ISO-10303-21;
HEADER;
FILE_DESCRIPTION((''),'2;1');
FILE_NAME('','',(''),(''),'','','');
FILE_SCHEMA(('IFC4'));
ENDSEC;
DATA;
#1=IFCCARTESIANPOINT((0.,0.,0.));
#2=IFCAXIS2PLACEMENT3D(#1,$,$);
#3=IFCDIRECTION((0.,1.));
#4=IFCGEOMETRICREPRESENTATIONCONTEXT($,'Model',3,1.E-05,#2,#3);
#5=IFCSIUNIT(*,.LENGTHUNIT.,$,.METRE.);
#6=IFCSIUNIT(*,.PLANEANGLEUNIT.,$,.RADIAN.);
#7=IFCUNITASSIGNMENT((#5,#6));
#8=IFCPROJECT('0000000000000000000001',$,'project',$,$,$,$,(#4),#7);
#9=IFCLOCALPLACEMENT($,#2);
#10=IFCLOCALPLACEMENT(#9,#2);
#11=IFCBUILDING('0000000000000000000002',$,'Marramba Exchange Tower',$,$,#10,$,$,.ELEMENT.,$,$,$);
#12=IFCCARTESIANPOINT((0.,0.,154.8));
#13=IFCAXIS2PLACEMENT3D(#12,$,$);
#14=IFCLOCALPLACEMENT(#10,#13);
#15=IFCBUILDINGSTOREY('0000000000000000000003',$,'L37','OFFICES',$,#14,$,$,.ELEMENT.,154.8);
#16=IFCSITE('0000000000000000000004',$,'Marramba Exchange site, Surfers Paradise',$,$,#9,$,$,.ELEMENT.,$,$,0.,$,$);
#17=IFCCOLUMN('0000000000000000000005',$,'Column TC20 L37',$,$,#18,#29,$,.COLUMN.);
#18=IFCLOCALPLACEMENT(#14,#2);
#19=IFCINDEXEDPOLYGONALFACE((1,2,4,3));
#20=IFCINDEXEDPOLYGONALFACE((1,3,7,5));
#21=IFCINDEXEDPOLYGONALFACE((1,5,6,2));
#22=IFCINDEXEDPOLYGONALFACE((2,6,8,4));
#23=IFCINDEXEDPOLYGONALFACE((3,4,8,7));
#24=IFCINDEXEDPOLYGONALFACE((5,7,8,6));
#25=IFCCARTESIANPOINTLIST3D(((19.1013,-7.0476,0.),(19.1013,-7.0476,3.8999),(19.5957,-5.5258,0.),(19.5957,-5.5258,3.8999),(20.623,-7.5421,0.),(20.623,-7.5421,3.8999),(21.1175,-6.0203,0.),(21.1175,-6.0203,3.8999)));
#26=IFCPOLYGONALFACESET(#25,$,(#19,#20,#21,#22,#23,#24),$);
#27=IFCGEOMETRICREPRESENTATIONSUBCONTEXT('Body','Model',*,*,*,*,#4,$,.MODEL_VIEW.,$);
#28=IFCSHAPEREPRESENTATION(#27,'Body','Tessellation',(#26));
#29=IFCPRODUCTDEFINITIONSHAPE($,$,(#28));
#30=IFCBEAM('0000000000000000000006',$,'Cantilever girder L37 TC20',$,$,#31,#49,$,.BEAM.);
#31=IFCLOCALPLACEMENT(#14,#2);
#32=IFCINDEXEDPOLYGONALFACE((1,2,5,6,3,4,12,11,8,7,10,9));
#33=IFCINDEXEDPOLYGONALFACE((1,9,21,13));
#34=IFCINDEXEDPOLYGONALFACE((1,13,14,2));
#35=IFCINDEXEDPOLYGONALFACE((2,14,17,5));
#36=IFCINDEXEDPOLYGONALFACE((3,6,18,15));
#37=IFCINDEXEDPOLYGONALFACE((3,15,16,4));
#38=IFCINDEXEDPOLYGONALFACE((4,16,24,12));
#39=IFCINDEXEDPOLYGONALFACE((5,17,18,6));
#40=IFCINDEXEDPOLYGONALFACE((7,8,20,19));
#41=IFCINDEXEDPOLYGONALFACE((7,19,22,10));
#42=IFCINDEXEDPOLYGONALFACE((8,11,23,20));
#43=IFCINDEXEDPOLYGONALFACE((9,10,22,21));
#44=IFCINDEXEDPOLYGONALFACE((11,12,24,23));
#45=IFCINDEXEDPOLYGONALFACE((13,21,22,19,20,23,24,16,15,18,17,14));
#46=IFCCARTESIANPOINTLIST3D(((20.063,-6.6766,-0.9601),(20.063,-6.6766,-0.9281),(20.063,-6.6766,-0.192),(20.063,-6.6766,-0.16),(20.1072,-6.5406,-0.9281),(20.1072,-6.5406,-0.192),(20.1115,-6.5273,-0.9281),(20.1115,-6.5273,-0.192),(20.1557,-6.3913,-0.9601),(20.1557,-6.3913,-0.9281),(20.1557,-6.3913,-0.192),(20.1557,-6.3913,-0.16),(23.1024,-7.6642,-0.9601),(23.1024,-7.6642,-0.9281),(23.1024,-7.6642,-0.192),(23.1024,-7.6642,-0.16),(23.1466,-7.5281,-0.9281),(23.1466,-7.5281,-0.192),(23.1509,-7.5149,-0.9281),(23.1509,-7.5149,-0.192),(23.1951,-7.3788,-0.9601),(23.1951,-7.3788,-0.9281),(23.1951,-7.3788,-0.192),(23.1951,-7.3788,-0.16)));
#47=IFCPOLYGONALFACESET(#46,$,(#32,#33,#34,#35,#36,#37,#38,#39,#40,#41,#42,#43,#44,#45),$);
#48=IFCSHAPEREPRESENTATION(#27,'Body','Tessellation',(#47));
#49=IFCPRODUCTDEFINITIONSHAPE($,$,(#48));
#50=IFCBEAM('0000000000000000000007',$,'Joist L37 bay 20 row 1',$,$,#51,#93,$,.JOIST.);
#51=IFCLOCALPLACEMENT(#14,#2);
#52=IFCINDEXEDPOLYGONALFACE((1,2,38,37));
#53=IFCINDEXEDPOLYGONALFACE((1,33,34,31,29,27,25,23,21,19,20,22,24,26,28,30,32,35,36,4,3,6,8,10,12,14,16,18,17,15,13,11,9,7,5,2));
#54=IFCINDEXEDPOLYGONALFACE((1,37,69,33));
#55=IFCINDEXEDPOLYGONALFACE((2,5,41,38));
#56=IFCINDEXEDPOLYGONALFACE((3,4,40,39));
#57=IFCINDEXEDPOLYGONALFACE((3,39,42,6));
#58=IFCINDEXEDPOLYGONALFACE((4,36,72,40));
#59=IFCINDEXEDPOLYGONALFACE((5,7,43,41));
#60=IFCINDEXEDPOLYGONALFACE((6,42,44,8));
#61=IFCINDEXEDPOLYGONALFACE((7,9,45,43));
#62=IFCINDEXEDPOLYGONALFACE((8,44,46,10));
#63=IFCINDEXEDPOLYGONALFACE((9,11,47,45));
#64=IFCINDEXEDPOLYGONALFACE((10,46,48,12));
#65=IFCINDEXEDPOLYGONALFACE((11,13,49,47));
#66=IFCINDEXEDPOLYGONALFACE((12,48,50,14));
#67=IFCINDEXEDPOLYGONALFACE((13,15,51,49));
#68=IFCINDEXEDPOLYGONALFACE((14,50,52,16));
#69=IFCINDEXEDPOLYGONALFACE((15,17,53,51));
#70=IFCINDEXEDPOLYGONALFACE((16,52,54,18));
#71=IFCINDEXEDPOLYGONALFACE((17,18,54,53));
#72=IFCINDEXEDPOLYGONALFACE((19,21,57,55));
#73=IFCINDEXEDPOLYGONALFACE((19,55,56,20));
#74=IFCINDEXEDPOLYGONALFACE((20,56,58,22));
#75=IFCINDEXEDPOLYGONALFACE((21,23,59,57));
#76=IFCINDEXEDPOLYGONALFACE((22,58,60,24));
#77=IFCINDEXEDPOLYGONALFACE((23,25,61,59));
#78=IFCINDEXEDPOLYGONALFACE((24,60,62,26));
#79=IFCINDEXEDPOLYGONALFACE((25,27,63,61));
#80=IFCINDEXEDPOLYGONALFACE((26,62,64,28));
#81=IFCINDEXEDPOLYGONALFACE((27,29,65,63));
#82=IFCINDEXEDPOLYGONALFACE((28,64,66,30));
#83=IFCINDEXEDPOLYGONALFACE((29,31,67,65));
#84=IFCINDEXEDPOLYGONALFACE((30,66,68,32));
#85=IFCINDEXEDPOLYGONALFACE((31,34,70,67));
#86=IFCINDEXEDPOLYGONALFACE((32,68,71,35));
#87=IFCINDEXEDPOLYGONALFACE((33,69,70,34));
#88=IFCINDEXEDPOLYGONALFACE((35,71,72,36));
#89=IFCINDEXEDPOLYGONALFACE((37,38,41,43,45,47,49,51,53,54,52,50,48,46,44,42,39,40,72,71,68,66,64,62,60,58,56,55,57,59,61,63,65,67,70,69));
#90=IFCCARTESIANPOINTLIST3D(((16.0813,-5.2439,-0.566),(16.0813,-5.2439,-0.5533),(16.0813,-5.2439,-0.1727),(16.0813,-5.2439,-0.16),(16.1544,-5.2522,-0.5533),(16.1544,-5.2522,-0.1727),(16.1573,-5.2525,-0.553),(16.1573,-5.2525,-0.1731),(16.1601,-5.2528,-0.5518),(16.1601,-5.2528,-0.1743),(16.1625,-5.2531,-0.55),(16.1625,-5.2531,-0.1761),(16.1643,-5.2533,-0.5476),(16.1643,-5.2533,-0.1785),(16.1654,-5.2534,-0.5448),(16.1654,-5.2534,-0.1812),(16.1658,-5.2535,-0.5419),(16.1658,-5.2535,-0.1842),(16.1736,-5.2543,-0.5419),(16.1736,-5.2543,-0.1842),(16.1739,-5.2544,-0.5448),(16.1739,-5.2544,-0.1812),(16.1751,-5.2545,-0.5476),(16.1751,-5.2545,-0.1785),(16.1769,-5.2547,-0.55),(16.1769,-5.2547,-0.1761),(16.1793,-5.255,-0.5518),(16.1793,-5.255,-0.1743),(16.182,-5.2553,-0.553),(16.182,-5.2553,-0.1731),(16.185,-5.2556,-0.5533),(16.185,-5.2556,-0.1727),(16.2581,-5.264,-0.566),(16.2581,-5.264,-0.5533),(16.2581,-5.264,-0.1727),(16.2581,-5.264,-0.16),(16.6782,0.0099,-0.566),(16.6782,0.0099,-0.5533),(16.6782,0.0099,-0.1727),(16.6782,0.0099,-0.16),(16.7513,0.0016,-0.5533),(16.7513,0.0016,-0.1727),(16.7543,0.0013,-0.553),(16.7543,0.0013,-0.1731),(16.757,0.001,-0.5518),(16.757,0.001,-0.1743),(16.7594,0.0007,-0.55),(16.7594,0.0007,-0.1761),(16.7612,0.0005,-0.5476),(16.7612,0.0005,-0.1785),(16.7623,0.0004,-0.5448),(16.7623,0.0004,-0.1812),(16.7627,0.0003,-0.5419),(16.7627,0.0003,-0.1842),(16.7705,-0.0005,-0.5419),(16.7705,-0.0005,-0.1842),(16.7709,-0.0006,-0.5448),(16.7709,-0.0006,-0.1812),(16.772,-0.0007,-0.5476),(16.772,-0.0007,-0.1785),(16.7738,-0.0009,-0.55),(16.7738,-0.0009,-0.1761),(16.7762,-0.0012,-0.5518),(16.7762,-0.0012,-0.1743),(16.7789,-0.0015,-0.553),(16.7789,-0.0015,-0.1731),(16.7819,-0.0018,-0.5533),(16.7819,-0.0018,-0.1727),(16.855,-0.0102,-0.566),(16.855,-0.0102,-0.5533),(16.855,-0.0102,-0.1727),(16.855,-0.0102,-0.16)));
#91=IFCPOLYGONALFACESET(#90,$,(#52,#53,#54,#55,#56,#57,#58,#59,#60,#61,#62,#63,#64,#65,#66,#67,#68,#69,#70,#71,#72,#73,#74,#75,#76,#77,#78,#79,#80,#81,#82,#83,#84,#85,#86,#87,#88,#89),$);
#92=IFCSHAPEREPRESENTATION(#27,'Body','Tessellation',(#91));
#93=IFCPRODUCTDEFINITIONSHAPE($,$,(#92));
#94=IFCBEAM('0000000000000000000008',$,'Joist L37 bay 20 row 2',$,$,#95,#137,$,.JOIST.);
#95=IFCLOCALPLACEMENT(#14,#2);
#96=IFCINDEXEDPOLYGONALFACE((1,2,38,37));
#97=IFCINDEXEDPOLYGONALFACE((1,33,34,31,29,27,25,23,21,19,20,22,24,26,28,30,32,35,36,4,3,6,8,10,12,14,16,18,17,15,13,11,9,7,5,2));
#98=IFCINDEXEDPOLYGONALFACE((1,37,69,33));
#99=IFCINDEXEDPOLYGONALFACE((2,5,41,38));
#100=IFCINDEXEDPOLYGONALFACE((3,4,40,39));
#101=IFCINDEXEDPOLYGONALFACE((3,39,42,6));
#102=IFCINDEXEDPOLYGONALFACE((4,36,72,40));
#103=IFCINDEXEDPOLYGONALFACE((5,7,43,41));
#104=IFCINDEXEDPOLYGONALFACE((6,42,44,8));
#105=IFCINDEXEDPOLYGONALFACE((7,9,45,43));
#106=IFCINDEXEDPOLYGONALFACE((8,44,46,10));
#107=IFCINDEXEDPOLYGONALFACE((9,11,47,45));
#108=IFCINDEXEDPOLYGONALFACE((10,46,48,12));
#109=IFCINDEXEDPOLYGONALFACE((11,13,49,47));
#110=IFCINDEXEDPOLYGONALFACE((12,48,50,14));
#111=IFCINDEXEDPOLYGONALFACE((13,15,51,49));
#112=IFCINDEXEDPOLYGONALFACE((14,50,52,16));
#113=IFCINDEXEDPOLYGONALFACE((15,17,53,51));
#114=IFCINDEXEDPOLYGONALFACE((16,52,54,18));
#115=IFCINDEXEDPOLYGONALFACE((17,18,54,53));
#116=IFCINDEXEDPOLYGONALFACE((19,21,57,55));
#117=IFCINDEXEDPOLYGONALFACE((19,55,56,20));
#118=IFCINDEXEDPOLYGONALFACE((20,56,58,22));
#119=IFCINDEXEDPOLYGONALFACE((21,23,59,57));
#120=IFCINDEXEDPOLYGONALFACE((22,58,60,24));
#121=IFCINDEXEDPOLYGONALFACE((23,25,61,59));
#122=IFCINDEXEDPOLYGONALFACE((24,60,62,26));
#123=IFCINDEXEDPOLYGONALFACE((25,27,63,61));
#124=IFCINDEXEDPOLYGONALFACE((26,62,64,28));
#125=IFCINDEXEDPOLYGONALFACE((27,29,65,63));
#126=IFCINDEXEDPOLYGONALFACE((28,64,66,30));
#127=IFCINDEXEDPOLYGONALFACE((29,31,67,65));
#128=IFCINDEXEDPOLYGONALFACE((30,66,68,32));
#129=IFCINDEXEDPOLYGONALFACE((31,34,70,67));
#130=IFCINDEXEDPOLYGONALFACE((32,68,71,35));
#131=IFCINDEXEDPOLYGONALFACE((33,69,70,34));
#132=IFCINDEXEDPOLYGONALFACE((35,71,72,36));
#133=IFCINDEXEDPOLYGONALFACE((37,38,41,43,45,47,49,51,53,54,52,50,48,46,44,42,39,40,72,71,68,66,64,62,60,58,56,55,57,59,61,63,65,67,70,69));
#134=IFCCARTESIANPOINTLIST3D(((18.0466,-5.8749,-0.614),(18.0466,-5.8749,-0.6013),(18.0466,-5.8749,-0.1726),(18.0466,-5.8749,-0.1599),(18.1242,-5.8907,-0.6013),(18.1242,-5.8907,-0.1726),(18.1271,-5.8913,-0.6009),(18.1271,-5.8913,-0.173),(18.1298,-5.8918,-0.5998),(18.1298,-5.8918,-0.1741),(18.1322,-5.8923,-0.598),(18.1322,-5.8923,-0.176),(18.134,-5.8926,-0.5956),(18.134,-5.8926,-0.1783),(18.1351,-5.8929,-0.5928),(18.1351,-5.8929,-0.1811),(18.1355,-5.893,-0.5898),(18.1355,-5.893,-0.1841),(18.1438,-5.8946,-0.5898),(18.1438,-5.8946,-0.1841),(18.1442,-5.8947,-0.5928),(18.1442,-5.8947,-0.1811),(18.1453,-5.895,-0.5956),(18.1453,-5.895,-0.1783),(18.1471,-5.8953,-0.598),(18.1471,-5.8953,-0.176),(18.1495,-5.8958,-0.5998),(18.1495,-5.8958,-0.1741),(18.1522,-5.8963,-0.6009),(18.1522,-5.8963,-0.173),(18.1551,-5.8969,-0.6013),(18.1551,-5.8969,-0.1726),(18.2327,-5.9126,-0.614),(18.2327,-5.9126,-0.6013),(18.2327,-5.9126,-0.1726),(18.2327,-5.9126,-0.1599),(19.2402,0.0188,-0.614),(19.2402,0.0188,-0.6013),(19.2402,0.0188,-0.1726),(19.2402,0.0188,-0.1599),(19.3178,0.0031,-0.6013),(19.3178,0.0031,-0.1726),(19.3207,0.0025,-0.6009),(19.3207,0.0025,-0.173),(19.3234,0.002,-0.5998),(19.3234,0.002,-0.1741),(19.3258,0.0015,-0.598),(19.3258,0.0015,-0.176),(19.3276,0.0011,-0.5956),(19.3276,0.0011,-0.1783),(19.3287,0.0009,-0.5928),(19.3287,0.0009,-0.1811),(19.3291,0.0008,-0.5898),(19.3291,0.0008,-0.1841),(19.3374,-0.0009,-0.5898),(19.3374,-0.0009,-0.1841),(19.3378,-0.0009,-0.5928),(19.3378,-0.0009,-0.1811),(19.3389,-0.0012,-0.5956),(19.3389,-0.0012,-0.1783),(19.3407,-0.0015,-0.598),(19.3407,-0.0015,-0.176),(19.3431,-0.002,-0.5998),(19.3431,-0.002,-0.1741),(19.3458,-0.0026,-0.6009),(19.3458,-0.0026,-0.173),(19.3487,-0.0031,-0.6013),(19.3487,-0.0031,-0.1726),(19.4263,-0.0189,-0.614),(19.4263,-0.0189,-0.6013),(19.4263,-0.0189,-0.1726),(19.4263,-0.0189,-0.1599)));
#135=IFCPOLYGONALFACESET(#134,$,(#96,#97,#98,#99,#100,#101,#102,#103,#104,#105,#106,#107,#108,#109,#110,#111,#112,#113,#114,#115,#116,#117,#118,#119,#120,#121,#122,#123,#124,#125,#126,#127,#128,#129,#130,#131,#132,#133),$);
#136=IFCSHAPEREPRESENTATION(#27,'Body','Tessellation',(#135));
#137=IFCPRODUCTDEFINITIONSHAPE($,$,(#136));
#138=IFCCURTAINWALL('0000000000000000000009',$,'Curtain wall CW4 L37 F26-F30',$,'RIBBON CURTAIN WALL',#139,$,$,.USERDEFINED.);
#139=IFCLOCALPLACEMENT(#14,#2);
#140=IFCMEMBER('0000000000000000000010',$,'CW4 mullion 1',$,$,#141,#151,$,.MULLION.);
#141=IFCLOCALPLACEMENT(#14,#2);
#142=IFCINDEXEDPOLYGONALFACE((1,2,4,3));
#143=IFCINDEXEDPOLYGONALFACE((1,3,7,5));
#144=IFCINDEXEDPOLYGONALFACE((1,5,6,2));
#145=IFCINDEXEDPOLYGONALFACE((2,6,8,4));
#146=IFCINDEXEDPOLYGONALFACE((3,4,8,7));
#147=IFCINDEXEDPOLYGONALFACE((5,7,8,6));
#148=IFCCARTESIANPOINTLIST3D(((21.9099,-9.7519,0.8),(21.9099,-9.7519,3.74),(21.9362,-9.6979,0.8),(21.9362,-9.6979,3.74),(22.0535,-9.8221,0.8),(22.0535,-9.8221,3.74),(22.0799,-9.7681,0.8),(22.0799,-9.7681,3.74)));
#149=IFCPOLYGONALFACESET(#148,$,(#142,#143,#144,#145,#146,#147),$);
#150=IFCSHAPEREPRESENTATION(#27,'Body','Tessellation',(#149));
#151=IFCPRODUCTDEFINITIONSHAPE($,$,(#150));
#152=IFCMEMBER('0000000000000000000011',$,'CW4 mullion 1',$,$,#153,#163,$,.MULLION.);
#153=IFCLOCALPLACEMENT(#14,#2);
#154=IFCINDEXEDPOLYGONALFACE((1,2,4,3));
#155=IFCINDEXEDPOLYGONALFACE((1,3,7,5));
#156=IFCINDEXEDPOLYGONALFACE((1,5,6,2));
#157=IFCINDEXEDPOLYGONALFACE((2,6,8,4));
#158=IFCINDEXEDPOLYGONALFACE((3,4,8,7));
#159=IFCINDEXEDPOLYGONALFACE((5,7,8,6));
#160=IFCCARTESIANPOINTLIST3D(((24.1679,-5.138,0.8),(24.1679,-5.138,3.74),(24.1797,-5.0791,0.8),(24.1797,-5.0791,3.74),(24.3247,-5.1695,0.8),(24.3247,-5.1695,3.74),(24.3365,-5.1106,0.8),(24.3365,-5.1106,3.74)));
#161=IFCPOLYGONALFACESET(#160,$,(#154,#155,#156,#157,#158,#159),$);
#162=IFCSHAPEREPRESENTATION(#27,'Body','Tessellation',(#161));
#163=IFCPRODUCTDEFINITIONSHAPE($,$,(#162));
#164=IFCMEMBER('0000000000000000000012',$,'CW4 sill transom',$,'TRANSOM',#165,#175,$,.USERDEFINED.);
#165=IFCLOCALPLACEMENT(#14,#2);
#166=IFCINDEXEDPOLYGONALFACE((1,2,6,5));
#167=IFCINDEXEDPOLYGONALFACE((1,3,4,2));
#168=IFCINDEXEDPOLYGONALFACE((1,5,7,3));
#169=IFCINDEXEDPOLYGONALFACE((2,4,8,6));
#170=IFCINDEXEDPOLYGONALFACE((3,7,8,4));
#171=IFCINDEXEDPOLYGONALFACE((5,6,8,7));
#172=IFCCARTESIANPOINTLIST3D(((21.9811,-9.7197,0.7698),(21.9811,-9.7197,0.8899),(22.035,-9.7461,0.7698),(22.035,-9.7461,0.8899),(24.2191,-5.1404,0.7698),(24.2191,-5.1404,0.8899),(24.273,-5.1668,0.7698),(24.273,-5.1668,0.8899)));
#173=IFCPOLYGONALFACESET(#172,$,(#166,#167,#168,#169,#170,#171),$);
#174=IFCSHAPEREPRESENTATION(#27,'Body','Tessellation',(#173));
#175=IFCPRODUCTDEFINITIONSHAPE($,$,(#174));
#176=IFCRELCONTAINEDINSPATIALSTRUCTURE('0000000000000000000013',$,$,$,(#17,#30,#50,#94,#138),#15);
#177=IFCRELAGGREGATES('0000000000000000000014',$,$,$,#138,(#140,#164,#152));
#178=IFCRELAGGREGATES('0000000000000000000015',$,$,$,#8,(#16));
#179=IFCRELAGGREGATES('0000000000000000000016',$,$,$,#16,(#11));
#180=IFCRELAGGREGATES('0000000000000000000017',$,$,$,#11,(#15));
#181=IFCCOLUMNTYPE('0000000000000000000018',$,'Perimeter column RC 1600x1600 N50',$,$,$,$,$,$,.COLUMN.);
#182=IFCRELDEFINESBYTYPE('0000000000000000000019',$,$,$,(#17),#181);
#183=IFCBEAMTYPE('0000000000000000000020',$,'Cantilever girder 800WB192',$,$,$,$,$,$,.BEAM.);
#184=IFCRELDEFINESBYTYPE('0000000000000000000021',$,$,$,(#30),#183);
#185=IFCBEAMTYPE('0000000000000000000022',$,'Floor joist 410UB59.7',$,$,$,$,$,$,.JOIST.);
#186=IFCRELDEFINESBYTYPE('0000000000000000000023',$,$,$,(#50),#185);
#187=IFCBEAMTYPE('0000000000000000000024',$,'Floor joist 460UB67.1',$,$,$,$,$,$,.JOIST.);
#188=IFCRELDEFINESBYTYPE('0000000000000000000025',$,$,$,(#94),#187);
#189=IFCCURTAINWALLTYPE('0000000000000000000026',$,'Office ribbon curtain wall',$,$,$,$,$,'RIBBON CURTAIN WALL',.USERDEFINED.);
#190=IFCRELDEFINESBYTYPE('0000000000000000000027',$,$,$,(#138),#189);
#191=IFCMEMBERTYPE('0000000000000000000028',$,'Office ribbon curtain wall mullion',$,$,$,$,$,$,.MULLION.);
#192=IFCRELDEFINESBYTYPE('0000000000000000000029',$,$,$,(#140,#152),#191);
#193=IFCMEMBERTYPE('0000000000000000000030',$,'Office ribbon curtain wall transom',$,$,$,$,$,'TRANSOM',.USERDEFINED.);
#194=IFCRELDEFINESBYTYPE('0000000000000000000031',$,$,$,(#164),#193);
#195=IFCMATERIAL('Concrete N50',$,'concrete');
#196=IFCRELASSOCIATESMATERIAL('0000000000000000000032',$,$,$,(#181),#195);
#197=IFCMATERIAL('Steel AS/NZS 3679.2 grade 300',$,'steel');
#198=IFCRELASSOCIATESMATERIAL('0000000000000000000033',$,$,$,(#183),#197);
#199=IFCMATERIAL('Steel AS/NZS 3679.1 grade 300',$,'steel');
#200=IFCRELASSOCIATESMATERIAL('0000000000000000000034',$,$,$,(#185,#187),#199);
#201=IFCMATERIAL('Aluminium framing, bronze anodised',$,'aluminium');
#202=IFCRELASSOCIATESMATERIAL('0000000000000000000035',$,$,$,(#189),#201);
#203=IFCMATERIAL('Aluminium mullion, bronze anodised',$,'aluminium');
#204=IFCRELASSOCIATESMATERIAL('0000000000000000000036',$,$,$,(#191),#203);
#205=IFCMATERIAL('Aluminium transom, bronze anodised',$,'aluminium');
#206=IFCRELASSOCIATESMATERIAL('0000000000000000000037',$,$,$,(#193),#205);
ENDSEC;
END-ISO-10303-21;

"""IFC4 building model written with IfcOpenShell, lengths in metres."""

from ifc_helpers import new_model, si_unit, direction, frame, origin, origin_2d, place, context, subcontext, project, spatial, rectangle, i_section, extrude, material, material_profile, profile_set, type_object, element, aggregate, save


model = new_model("IFC4")

# Units and contexts
model_context = context("Model", 3, precision=1e-05, world=origin(), true_north=direction((0.0, 1.0)))
body_context = subcontext(model_context, "Body", "Model", "MODEL_VIEW")
ifc_project = project(units=[si_unit("LENGTHUNIT", "METRE"), si_unit("PLANEANGLEUNIT", "RADIAN")], contexts=[model_context])

# Site, building, storey
site_placement = place(None, origin())
site = spatial("IfcSite", under=ifc_project, at=site_placement, Name="Marramba Exchange site, Surfers Paradise", CompositionType="ELEMENT", RefElevation=0.0)
building_placement = place(site_placement, origin())
building = spatial("IfcBuilding", under=site, at=building_placement, Name="Marramba Exchange Tower", CompositionType="ELEMENT")
storey_placement = place(building_placement, frame((0.0, 0.0, 154.8)))
storey = spatial("IfcBuildingStorey", under=building, at=storey_placement, Name="L37", Description="OFFICES", CompositionType="ELEMENT", Elevation=154.8)

# Column
ifc_material_1 = material(Name="Concrete N50", Category="concrete")
ifc_material_profile_1 = material_profile(ifc_material_1, rectangle(XDim=1.6001, YDim=1.6001, at=origin_2d()), Name="RC 1600x1600")
ifc_profile_set_1 = profile_set([ifc_material_profile_1], Name="Concrete N50")
column_type = type_object("IfcColumnType", Name="Perimeter column RC 1600x1600 N50", PredefinedType="COLUMN", material=ifc_profile_set_1)
column_placement = place(storey_placement, frame((20.1094, -6.5339, 0.0), z_axis=(0.0, 0.0, 1.0), x_axis=(0.951057, -0.309017, 0.0)))
element("IfcColumn", 1, at=column_placement, inside=storey, type_object=column_type, Name="Column TC20 L37", PredefinedType="COLUMN", context=body_context, shape_type="SweptSolid", body=[
    extrude(rectangle(XDim=1.6001, YDim=1.6001, at=origin_2d()), origin(), (0.0, 0.0, 1.0), 3.8999),
])

# Beams
ifc_material_2 = material(Name="Steel AS/NZS 3679.2 grade 300", Category="steel")
ifc_material_profile_2 = material_profile(ifc_material_2, i_section(OverallWidth=0.3, OverallDepth=0.8, WebThickness=0.0139, FlangeThickness=0.032, at=origin_2d()), Name="800WB192")
ifc_profile_set_2 = profile_set([ifc_material_profile_2], Name="Steel AS/NZS 3679.2 grade 300")
beam_type_1 = type_object("IfcBeamType", Name="Cantilever girder 800WB192", PredefinedType="BEAM", material=ifc_profile_set_2)
beam_1_placement = place(storey_placement, frame((20.1094, -6.5339, -0.5601), z_axis=(0.951055, -0.309022, 0.0), x_axis=(0.309022, 0.951055, 0.0)))
element("IfcBeam", 2, at=beam_1_placement, inside=storey, type_object=beam_type_1, Name="Cantilever girder L37 TC20", PredefinedType="BEAM", context=body_context, shape_type="SweptSolid", body=[
    extrude(i_section(OverallWidth=0.3, OverallDepth=0.8, WebThickness=0.0139, FlangeThickness=0.032, at=origin_2d()), origin(), (0.0, 0.0, 1.0), 3.1958),
])
ifc_material_3 = material(Name="Steel AS/NZS 3679.1 grade 300", Category="steel")
ifc_material_profile_3 = material_profile(ifc_material_3, i_section(OverallWidth=0.178, OverallDepth=0.406, WebThickness=0.0078, FlangeThickness=0.0127, FilletRadius=0.0115, at=origin_2d()), Name="410UB59.7")
ifc_profile_set_3 = profile_set([ifc_material_profile_3], Name="Steel AS/NZS 3679.1 grade 300")
beam_type_2 = type_object("IfcBeamType", Name="Floor joist 410UB59.7", PredefinedType="JOIST", material=ifc_profile_set_3)
beam_2_placement = place(storey_placement, frame((16.1697, -5.2539, -0.363), z_axis=(0.112889, 0.993608, 0.0), x_axis=(-0.993608, 0.112889, 0.0)))
element("IfcBeam", 3, at=beam_2_placement, inside=storey, type_object=beam_type_2, Name="Joist L37 bay 20 row 1", PredefinedType="JOIST", context=body_context, shape_type="SweptSolid", body=[
    extrude(i_section(OverallWidth=0.178, OverallDepth=0.406, WebThickness=0.0078, FlangeThickness=0.0127, FilletRadius=0.0115, at=origin_2d()), origin(), (0.0, 0.0, 1.0), 5.2876),
])
ifc_material_profile_4 = material_profile(ifc_material_3, i_section(OverallWidth=0.1899, OverallDepth=0.4541, WebThickness=0.0085, FlangeThickness=0.0127, FilletRadius=0.0115, at=origin_2d()), Name="460UB67.1")
ifc_profile_set_4 = profile_set([ifc_material_profile_4], Name="Steel AS/NZS 3679.1 grade 300")
beam_type_3 = type_object("IfcBeamType", Name="Floor joist 460UB67.1", PredefinedType="JOIST", material=ifc_profile_set_4)
beam_3_placement = place(storey_placement, frame((18.1396, -5.8938, -0.387), z_axis=(0.198489, 0.980103, 0.0), x_axis=(-0.980103, 0.198489, 0.0)))
element("IfcBeam", 4, at=beam_3_placement, inside=storey, type_object=beam_type_3, Name="Joist L37 bay 20 row 2", PredefinedType="JOIST", context=body_context, shape_type="SweptSolid", body=[
    extrude(i_section(OverallWidth=0.1899, OverallDepth=0.4541, WebThickness=0.0085, FlangeThickness=0.0127, FilletRadius=0.0115, at=origin_2d()), origin(), (0.0, 0.0, 1.0), 6.0134),
])

# Curtain wall, members
ifc_material_4 = material(Name="Aluminium framing, bronze anodised", Category="aluminium")
curtain_wall_type = type_object("IfcCurtainWallType", Name="Office ribbon curtain wall", ElementType="RIBBON CURTAIN WALL", PredefinedType="USERDEFINED", material=ifc_material_4)
curtain_wall_placement = place(storey_placement, origin())
curtain_wall = element("IfcCurtainWall", 5, at=curtain_wall_placement, inside=storey, type_object=curtain_wall_type, Name="Curtain wall CW4 L37 F26-F30", ObjectType="RIBBON CURTAIN WALL", PredefinedType="USERDEFINED")
ifc_material_5 = material(Name="Aluminium mullion, bronze anodised", Category="aluminium")
ifc_material_profile_5 = material_profile(ifc_material_5, rectangle(XDim=0.1599, YDim=0.0601, at=origin_2d()), Name="CW4 mullion 60x160")
ifc_profile_set_5 = profile_set([ifc_material_profile_5], Name="Aluminium mullion, bronze anodised")
member_type_1 = type_object("IfcMemberType", Name="Office ribbon curtain wall mullion", PredefinedType="MULLION", material=ifc_profile_set_5)
member_1_placement = place(storey_placement, frame((21.9949, -9.76, 0.8), z_axis=(0.0, 0.0, 1.0), x_axis=(-0.898445, 0.439086, 0.0)))
member_1 = element("IfcMember", 6, at=member_1_placement, type_object=member_type_1, Name="CW4 mullion 1", PredefinedType="MULLION", context=body_context, shape_type="SweptSolid", body=[
    extrude(rectangle(XDim=0.1599, YDim=0.0601, at=origin_2d()), origin(), (0.0, 0.0, 1.0), 2.9399),
])
member_2_placement = place(storey_placement, frame((24.2522, -5.1243, 0.8), z_axis=(0.0, 0.0, 1.0), x_axis=(-0.980394, 0.197049, 0.0)))
member_2 = element("IfcMember", 7, at=member_2_placement, type_object=member_type_1, Name="CW4 mullion 1", PredefinedType="MULLION", context=body_context, shape_type="SweptSolid", body=[
    extrude(rectangle(XDim=0.1599, YDim=0.0601, at=origin_2d()), origin(), (0.0, 0.0, 1.0), 2.9399),
])
ifc_material_6 = material(Name="Aluminium transom, bronze anodised", Category="aluminium")
ifc_material_profile_6 = material_profile(ifc_material_6, rectangle(XDim=0.0601, YDim=0.1201, at=origin_2d()), Name="CW4 transom 60x120")
ifc_profile_set_6 = profile_set([ifc_material_profile_6], Name="Aluminium transom, bronze anodised")
member_type_2 = type_object("IfcMemberType", Name="Office ribbon curtain wall transom", ElementType="TRANSOM", PredefinedType="USERDEFINED", material=ifc_profile_set_6)
member_3_placement = place(storey_placement, frame((22.0081, -9.7329, 0.8298), z_axis=(0.439091, 0.898443, 0.0), x_axis=(-0.898443, 0.439091, 0.0)))
member_3 = element("IfcMember", 8, at=member_3_placement, type_object=member_type_2, Name="CW4 sill transom", ObjectType="TRANSOM", PredefinedType="USERDEFINED", context=body_context, shape_type="SweptSolid", body=[
    extrude(rectangle(XDim=0.0601, YDim=0.1201, at=origin_2d()), origin(), (0.0, 0.0, 1.0), 5.0969),
])

aggregate(curtain_wall, [member_1, member_3, member_2])

save(model, "model.ifc")
